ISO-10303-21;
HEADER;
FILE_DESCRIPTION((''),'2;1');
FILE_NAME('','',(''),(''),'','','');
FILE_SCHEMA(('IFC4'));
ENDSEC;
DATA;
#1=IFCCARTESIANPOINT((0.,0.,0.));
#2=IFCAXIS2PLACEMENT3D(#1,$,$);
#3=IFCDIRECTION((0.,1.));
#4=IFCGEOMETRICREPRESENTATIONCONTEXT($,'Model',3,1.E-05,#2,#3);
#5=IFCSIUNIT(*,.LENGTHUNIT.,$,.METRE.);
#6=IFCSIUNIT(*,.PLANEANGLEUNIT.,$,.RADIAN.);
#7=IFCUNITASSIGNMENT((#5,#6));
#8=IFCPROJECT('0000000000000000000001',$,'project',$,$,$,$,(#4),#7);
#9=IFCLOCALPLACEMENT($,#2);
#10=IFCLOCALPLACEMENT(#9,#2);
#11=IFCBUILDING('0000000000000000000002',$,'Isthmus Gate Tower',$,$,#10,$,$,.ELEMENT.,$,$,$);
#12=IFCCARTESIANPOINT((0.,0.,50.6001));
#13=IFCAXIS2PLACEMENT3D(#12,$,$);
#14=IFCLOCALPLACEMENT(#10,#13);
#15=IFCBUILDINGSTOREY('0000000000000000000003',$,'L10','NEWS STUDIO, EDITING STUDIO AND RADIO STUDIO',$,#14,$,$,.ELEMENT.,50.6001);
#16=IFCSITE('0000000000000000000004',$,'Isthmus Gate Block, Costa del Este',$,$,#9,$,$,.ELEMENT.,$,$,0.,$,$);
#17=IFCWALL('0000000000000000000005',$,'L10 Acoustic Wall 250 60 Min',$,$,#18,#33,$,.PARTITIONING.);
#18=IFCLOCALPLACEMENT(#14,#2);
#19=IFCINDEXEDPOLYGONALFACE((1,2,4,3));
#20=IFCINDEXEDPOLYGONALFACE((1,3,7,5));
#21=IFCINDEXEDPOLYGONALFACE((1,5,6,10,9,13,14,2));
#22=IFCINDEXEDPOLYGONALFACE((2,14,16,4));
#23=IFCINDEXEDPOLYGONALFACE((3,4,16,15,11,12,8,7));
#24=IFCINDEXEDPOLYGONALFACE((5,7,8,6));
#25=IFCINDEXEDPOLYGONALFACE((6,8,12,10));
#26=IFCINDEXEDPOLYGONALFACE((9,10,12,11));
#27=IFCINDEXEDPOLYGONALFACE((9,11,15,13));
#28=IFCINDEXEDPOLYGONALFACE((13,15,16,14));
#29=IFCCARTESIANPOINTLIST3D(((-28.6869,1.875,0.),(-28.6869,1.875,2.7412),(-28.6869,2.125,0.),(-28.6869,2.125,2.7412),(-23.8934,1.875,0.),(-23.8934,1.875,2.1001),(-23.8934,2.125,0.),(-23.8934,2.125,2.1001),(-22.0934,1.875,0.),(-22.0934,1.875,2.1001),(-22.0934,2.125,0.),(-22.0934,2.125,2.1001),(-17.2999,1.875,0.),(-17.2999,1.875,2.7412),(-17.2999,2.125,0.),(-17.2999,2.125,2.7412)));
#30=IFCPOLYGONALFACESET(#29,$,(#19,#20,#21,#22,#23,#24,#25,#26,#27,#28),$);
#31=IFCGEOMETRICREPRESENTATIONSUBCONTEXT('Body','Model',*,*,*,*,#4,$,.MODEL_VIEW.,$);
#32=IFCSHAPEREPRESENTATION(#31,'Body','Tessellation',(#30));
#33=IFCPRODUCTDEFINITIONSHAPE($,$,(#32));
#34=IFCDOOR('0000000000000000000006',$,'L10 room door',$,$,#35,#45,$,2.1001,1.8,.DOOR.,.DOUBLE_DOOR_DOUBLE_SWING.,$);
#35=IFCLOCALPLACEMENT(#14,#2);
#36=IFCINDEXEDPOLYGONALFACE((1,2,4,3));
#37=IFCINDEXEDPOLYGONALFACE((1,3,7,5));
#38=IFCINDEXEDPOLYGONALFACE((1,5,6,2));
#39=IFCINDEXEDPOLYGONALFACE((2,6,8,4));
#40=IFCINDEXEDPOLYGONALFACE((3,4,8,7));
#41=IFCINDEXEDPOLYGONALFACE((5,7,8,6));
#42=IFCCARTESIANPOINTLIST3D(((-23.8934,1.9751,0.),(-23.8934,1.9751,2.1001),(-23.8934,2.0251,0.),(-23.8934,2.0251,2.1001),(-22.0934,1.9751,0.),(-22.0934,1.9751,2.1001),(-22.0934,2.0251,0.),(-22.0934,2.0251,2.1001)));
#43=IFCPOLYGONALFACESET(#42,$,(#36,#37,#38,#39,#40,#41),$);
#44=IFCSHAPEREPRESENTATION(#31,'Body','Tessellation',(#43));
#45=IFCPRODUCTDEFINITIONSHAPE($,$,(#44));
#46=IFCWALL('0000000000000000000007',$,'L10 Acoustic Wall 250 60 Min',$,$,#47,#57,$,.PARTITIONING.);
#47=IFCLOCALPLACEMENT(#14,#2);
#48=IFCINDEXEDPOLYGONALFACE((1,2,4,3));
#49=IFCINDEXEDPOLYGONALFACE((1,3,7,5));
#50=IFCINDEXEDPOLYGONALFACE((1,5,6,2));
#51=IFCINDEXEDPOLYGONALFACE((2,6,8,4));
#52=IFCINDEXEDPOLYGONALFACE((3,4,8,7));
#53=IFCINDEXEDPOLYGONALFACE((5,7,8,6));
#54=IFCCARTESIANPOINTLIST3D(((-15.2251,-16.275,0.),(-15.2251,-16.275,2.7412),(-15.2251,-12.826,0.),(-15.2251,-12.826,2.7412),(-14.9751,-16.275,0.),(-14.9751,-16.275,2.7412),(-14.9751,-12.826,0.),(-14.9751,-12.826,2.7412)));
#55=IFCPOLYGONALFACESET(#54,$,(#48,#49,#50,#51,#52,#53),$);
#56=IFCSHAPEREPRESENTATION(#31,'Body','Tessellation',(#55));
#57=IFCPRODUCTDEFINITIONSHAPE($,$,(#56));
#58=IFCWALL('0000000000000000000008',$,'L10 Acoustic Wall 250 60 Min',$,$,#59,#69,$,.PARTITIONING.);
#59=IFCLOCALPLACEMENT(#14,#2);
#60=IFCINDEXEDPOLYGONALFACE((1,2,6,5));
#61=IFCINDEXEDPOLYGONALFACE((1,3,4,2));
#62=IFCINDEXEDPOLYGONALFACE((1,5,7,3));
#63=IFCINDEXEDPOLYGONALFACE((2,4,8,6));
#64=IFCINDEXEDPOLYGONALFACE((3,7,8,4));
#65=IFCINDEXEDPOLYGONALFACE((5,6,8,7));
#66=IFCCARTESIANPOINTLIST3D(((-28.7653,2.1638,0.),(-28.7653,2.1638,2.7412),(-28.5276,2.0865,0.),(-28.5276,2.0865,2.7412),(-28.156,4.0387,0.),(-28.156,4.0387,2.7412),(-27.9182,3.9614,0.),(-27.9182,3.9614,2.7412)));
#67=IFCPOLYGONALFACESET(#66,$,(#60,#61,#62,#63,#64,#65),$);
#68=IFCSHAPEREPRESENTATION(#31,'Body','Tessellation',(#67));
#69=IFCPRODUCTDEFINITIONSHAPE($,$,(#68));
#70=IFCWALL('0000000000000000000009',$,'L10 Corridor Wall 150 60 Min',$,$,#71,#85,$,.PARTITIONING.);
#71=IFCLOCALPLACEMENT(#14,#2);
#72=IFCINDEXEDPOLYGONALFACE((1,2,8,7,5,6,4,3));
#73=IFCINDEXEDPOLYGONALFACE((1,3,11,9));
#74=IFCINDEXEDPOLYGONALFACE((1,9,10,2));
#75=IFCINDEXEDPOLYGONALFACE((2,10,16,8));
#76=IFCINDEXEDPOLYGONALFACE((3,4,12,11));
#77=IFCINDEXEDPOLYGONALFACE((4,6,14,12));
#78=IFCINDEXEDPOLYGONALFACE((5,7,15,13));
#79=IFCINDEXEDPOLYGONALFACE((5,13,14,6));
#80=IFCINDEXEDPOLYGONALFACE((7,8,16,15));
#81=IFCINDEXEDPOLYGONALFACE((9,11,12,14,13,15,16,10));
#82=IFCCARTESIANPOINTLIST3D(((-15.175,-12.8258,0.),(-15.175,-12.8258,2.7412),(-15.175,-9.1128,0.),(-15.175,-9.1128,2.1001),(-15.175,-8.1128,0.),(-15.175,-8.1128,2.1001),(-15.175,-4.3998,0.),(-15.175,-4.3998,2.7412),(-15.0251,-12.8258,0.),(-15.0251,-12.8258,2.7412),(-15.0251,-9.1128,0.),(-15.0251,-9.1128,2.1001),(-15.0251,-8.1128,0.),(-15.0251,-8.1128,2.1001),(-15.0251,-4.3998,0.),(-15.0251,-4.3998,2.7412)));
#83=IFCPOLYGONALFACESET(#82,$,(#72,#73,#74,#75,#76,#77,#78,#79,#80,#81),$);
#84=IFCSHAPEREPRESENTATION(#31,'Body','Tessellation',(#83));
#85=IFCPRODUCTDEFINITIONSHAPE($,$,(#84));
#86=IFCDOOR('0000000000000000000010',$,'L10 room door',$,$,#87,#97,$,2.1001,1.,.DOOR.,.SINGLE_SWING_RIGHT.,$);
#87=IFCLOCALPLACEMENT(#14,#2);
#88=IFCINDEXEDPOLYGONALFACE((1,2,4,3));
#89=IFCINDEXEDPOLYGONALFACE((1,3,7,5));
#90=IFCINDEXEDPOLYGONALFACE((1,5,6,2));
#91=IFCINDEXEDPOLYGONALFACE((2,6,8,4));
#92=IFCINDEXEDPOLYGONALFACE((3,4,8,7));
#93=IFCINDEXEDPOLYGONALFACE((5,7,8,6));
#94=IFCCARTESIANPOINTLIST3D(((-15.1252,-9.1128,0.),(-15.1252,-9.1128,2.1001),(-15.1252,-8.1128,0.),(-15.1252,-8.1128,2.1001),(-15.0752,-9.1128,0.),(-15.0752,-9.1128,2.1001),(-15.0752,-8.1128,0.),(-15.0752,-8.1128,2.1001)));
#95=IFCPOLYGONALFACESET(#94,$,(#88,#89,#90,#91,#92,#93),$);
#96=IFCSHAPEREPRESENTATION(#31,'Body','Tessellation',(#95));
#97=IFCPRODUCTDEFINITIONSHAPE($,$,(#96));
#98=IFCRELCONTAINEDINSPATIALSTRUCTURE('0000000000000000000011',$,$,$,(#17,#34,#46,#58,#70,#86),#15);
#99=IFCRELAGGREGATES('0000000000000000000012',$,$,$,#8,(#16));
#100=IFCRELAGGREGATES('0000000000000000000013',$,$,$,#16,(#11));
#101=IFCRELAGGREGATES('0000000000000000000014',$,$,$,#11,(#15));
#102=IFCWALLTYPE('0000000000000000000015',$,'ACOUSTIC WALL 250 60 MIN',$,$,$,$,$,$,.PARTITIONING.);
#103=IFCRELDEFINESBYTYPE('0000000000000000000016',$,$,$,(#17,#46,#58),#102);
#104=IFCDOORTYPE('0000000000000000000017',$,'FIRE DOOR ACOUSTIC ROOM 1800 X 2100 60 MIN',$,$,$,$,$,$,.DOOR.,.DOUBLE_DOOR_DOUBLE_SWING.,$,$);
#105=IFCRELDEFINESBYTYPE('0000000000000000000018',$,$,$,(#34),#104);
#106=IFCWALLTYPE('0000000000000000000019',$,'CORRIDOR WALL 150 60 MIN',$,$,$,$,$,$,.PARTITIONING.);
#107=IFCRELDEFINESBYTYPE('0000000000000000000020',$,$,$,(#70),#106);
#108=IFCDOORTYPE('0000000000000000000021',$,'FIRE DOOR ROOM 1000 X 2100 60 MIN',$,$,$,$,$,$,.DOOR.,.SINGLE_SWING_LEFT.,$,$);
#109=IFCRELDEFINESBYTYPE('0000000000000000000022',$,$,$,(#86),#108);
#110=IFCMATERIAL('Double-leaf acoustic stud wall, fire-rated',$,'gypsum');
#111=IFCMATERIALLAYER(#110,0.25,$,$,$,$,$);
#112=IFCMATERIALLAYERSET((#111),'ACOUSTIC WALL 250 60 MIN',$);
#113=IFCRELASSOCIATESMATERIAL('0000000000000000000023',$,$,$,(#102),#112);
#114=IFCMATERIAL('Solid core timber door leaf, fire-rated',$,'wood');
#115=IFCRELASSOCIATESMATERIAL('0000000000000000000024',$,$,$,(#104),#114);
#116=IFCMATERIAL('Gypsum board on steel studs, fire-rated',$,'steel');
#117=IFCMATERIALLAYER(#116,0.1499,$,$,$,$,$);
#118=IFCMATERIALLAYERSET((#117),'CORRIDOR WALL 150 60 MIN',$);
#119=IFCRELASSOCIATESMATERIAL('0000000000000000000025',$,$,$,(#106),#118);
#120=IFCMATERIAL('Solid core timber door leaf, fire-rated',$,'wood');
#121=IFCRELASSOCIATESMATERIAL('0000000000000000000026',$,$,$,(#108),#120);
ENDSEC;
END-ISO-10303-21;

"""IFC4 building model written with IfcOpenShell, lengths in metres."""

from ifc_helpers import new_model, si_unit, direction, frame, frame_2d, origin, place, context, subcontext, project, spatial, rectangle, extrude, material, layer, layer_set, type_object, element, fill, save


model = new_model("IFC4")

# Units and contexts
model_context = context("Model", 3, precision=1e-05, world=origin(), true_north=direction((0.0, 1.0)))
body_context = subcontext(model_context, "Body", "Model", "MODEL_VIEW")
ifc_project = project(units=[si_unit("LENGTHUNIT", "METRE"), si_unit("PLANEANGLEUNIT", "RADIAN")], contexts=[model_context])

# Site, building, storey
site_placement = place(None, origin())
site = spatial("IfcSite", under=ifc_project, at=site_placement, Name="Isthmus Gate Block, Costa del Este", CompositionType="ELEMENT", RefElevation=0.0)
building_placement = place(site_placement, origin())
building = spatial("IfcBuilding", under=site, at=building_placement, Name="Isthmus Gate Tower", CompositionType="ELEMENT")
storey_placement = place(building_placement, frame((0.0, 0.0, 50.6001)))
storey = spatial("IfcBuildingStorey", under=building, at=storey_placement, Name="L10", Description="NEWS STUDIO, EDITING STUDIO AND RADIO STUDIO", CompositionType="ELEMENT", Elevation=50.6001)

# Wall, opening, door
ifc_material_1 = material(Name="Double-leaf acoustic stud wall, fire-rated", Category="gypsum")
ifc_layer_1 = layer(ifc_material_1, 0.25)
ifc_layer_set_1 = layer_set([ifc_layer_1], Name="ACOUSTIC WALL 250 60 MIN")
wall_type_1 = type_object("IfcWallType", Name="ACOUSTIC WALL 250 60 MIN", PredefinedType="PARTITIONING", material=ifc_layer_set_1)
wall_1_placement = place(storey_placement, frame((-17.3, 2.0, 0.0), z_axis=(0.0, 0.0, 1.0), x_axis=(-1.0, 0.0, 0.0)))
wall_1 = element("IfcWall", 1, at=wall_1_placement, inside=storey, type_object=wall_type_1, Name="L10 Acoustic Wall 250 60 Min", PredefinedType="PARTITIONING", context=body_context, shape_type="SweptSolid", body=[
    extrude(rectangle(XDim=11.387, YDim=0.25, at=frame_2d((5.6934, 0.0))), origin(), (0.0, 0.0, 1.0), 2.7412),
])
opening_1_placement = place(wall_1_placement, frame((4.7935, 0.0, 0.0)))
opening_1 = element("IfcOpeningElement", 2, at=opening_1_placement, cuts=wall_1, PredefinedType="OPENING", context=body_context, shape_type="SweptSolid", body=[
    extrude(rectangle(XDim=1.8, YDim=2.1001, at=frame_2d((0.8999, 1.05))), frame((0.0, 0.135, 0.0), z_axis=(0.0, -1.0, 0.0), x_axis=(1.0, 0.0, 0.0)), (0.0, 0.0, 1.0), 0.27),
])
ifc_material_2 = material(Name="Solid core timber door leaf, fire-rated", Category="wood")
door_type_1 = type_object("IfcDoorType", Name="FIRE DOOR ACOUSTIC ROOM 1800 X 2100 60 MIN", OperationType="DOUBLE_DOOR_DOUBLE_SWING", PredefinedType="DOOR", material=ifc_material_2)
door_1_placement = place(opening_1_placement, origin())
door_1 = element("IfcDoor", 3, at=door_1_placement, inside=storey, type_object=door_type_1, Name="L10 room door", OperationType="DOUBLE_DOOR_DOUBLE_SWING", OverallHeight=2.1001, OverallWidth=1.8, PredefinedType="DOOR", context=body_context, shape_type="SweptSolid", body=[
    extrude(rectangle(XDim=1.8, YDim=2.1001, at=frame_2d((0.8999, 1.05))), frame((0.0, 0.0249, 0.0), z_axis=(0.0, -1.0, 0.0), x_axis=(1.0, 0.0, 0.0)), (0.0, 0.0, 1.0), 0.05),
])
fill(opening_1, door_1)

# Walls
wall_2_placement = place(storey_placement, frame((-15.1001, -12.8259, 0.0), z_axis=(0.0, 0.0, 1.0), x_axis=(0.0, -1.0, 0.0)))
element("IfcWall", 4, at=wall_2_placement, inside=storey, type_object=wall_type_1, Name="L10 Acoustic Wall 250 60 Min", PredefinedType="PARTITIONING", context=body_context, shape_type="SweptSolid", body=[
    extrude(rectangle(XDim=3.449, YDim=0.25, at=frame_2d((1.7246, 0.0))), origin(), (0.0, 0.0, 1.0), 2.7412),
])
wall_3_placement = place(storey_placement, frame((-28.6465, 2.125, 0.0), z_axis=(0.0, 0.0, 1.0), x_axis=(0.309086, 0.951034, 0.0)))
element("IfcWall", 5, at=wall_3_placement, inside=storey, type_object=wall_type_1, Name="L10 Acoustic Wall 250 60 Min", PredefinedType="PARTITIONING", context=body_context, shape_type="SweptSolid", body=[
    extrude(rectangle(XDim=1.9714, YDim=0.25, at=frame_2d((0.9858, 0.0))), origin(), (0.0, 0.0, 1.0), 2.7412),
])

# Wall, opening, door
ifc_material_3 = material(Name="Gypsum board on steel studs, fire-rated", Category="steel")
ifc_layer_2 = layer(ifc_material_3, 0.1499)
ifc_layer_set_2 = layer_set([ifc_layer_2], Name="CORRIDOR WALL 150 60 MIN")
wall_type_2 = type_object("IfcWallType", Name="CORRIDOR WALL 150 60 MIN", PredefinedType="PARTITIONING", material=ifc_layer_set_2)
wall_4_placement = place(storey_placement, frame((-15.1001, -4.3999, 0.0), z_axis=(0.0, 0.0, 1.0), x_axis=(0.0, -1.0, 0.0)))
wall_4 = element("IfcWall", 6, at=wall_4_placement, inside=storey, type_object=wall_type_2, Name="L10 Corridor Wall 150 60 Min", PredefinedType="PARTITIONING", context=body_context, shape_type="SweptSolid", body=[
    extrude(rectangle(XDim=8.426, YDim=0.1499, at=frame_2d((4.2129, 0.0))), origin(), (0.0, 0.0, 1.0), 2.7412),
])
opening_2_placement = place(wall_4_placement, frame((3.7129, 0.0, 0.0)))
opening_2 = element("IfcOpeningElement", 7, at=opening_2_placement, cuts=wall_4, PredefinedType="OPENING", context=body_context, shape_type="SweptSolid", body=[
    extrude(rectangle(XDim=1.0, YDim=2.1001, at=frame_2d((0.5, 1.05))), frame((0.0, 0.085, 0.0), z_axis=(0.0, -1.0, 0.0), x_axis=(1.0, 0.0, 0.0)), (0.0, 0.0, 1.0), 0.1699),
])
ifc_material_4 = material(Name="Solid core timber door leaf, fire-rated", Category="wood")
door_type_2 = type_object("IfcDoorType", Name="FIRE DOOR ROOM 1000 X 2100 60 MIN", OperationType="SINGLE_SWING_LEFT", PredefinedType="DOOR", material=ifc_material_4)
door_2_placement = place(opening_2_placement, origin())
door_2 = element("IfcDoor", 8, at=door_2_placement, inside=storey, type_object=door_type_2, Name="L10 room door", OperationType="SINGLE_SWING_RIGHT", OverallHeight=2.1001, OverallWidth=1.0, PredefinedType="DOOR", context=body_context, shape_type="SweptSolid", body=[
    extrude(rectangle(XDim=1.0, YDim=2.1001, at=frame_2d((0.5, 1.05))), frame((0.0, 0.0249, 0.0), z_axis=(0.0, -1.0, 0.0), x_axis=(1.0, 0.0, 0.0)), (0.0, 0.0, 1.0), 0.05),
])
fill(opening_2, door_2)

save(model, "model.ifc")
